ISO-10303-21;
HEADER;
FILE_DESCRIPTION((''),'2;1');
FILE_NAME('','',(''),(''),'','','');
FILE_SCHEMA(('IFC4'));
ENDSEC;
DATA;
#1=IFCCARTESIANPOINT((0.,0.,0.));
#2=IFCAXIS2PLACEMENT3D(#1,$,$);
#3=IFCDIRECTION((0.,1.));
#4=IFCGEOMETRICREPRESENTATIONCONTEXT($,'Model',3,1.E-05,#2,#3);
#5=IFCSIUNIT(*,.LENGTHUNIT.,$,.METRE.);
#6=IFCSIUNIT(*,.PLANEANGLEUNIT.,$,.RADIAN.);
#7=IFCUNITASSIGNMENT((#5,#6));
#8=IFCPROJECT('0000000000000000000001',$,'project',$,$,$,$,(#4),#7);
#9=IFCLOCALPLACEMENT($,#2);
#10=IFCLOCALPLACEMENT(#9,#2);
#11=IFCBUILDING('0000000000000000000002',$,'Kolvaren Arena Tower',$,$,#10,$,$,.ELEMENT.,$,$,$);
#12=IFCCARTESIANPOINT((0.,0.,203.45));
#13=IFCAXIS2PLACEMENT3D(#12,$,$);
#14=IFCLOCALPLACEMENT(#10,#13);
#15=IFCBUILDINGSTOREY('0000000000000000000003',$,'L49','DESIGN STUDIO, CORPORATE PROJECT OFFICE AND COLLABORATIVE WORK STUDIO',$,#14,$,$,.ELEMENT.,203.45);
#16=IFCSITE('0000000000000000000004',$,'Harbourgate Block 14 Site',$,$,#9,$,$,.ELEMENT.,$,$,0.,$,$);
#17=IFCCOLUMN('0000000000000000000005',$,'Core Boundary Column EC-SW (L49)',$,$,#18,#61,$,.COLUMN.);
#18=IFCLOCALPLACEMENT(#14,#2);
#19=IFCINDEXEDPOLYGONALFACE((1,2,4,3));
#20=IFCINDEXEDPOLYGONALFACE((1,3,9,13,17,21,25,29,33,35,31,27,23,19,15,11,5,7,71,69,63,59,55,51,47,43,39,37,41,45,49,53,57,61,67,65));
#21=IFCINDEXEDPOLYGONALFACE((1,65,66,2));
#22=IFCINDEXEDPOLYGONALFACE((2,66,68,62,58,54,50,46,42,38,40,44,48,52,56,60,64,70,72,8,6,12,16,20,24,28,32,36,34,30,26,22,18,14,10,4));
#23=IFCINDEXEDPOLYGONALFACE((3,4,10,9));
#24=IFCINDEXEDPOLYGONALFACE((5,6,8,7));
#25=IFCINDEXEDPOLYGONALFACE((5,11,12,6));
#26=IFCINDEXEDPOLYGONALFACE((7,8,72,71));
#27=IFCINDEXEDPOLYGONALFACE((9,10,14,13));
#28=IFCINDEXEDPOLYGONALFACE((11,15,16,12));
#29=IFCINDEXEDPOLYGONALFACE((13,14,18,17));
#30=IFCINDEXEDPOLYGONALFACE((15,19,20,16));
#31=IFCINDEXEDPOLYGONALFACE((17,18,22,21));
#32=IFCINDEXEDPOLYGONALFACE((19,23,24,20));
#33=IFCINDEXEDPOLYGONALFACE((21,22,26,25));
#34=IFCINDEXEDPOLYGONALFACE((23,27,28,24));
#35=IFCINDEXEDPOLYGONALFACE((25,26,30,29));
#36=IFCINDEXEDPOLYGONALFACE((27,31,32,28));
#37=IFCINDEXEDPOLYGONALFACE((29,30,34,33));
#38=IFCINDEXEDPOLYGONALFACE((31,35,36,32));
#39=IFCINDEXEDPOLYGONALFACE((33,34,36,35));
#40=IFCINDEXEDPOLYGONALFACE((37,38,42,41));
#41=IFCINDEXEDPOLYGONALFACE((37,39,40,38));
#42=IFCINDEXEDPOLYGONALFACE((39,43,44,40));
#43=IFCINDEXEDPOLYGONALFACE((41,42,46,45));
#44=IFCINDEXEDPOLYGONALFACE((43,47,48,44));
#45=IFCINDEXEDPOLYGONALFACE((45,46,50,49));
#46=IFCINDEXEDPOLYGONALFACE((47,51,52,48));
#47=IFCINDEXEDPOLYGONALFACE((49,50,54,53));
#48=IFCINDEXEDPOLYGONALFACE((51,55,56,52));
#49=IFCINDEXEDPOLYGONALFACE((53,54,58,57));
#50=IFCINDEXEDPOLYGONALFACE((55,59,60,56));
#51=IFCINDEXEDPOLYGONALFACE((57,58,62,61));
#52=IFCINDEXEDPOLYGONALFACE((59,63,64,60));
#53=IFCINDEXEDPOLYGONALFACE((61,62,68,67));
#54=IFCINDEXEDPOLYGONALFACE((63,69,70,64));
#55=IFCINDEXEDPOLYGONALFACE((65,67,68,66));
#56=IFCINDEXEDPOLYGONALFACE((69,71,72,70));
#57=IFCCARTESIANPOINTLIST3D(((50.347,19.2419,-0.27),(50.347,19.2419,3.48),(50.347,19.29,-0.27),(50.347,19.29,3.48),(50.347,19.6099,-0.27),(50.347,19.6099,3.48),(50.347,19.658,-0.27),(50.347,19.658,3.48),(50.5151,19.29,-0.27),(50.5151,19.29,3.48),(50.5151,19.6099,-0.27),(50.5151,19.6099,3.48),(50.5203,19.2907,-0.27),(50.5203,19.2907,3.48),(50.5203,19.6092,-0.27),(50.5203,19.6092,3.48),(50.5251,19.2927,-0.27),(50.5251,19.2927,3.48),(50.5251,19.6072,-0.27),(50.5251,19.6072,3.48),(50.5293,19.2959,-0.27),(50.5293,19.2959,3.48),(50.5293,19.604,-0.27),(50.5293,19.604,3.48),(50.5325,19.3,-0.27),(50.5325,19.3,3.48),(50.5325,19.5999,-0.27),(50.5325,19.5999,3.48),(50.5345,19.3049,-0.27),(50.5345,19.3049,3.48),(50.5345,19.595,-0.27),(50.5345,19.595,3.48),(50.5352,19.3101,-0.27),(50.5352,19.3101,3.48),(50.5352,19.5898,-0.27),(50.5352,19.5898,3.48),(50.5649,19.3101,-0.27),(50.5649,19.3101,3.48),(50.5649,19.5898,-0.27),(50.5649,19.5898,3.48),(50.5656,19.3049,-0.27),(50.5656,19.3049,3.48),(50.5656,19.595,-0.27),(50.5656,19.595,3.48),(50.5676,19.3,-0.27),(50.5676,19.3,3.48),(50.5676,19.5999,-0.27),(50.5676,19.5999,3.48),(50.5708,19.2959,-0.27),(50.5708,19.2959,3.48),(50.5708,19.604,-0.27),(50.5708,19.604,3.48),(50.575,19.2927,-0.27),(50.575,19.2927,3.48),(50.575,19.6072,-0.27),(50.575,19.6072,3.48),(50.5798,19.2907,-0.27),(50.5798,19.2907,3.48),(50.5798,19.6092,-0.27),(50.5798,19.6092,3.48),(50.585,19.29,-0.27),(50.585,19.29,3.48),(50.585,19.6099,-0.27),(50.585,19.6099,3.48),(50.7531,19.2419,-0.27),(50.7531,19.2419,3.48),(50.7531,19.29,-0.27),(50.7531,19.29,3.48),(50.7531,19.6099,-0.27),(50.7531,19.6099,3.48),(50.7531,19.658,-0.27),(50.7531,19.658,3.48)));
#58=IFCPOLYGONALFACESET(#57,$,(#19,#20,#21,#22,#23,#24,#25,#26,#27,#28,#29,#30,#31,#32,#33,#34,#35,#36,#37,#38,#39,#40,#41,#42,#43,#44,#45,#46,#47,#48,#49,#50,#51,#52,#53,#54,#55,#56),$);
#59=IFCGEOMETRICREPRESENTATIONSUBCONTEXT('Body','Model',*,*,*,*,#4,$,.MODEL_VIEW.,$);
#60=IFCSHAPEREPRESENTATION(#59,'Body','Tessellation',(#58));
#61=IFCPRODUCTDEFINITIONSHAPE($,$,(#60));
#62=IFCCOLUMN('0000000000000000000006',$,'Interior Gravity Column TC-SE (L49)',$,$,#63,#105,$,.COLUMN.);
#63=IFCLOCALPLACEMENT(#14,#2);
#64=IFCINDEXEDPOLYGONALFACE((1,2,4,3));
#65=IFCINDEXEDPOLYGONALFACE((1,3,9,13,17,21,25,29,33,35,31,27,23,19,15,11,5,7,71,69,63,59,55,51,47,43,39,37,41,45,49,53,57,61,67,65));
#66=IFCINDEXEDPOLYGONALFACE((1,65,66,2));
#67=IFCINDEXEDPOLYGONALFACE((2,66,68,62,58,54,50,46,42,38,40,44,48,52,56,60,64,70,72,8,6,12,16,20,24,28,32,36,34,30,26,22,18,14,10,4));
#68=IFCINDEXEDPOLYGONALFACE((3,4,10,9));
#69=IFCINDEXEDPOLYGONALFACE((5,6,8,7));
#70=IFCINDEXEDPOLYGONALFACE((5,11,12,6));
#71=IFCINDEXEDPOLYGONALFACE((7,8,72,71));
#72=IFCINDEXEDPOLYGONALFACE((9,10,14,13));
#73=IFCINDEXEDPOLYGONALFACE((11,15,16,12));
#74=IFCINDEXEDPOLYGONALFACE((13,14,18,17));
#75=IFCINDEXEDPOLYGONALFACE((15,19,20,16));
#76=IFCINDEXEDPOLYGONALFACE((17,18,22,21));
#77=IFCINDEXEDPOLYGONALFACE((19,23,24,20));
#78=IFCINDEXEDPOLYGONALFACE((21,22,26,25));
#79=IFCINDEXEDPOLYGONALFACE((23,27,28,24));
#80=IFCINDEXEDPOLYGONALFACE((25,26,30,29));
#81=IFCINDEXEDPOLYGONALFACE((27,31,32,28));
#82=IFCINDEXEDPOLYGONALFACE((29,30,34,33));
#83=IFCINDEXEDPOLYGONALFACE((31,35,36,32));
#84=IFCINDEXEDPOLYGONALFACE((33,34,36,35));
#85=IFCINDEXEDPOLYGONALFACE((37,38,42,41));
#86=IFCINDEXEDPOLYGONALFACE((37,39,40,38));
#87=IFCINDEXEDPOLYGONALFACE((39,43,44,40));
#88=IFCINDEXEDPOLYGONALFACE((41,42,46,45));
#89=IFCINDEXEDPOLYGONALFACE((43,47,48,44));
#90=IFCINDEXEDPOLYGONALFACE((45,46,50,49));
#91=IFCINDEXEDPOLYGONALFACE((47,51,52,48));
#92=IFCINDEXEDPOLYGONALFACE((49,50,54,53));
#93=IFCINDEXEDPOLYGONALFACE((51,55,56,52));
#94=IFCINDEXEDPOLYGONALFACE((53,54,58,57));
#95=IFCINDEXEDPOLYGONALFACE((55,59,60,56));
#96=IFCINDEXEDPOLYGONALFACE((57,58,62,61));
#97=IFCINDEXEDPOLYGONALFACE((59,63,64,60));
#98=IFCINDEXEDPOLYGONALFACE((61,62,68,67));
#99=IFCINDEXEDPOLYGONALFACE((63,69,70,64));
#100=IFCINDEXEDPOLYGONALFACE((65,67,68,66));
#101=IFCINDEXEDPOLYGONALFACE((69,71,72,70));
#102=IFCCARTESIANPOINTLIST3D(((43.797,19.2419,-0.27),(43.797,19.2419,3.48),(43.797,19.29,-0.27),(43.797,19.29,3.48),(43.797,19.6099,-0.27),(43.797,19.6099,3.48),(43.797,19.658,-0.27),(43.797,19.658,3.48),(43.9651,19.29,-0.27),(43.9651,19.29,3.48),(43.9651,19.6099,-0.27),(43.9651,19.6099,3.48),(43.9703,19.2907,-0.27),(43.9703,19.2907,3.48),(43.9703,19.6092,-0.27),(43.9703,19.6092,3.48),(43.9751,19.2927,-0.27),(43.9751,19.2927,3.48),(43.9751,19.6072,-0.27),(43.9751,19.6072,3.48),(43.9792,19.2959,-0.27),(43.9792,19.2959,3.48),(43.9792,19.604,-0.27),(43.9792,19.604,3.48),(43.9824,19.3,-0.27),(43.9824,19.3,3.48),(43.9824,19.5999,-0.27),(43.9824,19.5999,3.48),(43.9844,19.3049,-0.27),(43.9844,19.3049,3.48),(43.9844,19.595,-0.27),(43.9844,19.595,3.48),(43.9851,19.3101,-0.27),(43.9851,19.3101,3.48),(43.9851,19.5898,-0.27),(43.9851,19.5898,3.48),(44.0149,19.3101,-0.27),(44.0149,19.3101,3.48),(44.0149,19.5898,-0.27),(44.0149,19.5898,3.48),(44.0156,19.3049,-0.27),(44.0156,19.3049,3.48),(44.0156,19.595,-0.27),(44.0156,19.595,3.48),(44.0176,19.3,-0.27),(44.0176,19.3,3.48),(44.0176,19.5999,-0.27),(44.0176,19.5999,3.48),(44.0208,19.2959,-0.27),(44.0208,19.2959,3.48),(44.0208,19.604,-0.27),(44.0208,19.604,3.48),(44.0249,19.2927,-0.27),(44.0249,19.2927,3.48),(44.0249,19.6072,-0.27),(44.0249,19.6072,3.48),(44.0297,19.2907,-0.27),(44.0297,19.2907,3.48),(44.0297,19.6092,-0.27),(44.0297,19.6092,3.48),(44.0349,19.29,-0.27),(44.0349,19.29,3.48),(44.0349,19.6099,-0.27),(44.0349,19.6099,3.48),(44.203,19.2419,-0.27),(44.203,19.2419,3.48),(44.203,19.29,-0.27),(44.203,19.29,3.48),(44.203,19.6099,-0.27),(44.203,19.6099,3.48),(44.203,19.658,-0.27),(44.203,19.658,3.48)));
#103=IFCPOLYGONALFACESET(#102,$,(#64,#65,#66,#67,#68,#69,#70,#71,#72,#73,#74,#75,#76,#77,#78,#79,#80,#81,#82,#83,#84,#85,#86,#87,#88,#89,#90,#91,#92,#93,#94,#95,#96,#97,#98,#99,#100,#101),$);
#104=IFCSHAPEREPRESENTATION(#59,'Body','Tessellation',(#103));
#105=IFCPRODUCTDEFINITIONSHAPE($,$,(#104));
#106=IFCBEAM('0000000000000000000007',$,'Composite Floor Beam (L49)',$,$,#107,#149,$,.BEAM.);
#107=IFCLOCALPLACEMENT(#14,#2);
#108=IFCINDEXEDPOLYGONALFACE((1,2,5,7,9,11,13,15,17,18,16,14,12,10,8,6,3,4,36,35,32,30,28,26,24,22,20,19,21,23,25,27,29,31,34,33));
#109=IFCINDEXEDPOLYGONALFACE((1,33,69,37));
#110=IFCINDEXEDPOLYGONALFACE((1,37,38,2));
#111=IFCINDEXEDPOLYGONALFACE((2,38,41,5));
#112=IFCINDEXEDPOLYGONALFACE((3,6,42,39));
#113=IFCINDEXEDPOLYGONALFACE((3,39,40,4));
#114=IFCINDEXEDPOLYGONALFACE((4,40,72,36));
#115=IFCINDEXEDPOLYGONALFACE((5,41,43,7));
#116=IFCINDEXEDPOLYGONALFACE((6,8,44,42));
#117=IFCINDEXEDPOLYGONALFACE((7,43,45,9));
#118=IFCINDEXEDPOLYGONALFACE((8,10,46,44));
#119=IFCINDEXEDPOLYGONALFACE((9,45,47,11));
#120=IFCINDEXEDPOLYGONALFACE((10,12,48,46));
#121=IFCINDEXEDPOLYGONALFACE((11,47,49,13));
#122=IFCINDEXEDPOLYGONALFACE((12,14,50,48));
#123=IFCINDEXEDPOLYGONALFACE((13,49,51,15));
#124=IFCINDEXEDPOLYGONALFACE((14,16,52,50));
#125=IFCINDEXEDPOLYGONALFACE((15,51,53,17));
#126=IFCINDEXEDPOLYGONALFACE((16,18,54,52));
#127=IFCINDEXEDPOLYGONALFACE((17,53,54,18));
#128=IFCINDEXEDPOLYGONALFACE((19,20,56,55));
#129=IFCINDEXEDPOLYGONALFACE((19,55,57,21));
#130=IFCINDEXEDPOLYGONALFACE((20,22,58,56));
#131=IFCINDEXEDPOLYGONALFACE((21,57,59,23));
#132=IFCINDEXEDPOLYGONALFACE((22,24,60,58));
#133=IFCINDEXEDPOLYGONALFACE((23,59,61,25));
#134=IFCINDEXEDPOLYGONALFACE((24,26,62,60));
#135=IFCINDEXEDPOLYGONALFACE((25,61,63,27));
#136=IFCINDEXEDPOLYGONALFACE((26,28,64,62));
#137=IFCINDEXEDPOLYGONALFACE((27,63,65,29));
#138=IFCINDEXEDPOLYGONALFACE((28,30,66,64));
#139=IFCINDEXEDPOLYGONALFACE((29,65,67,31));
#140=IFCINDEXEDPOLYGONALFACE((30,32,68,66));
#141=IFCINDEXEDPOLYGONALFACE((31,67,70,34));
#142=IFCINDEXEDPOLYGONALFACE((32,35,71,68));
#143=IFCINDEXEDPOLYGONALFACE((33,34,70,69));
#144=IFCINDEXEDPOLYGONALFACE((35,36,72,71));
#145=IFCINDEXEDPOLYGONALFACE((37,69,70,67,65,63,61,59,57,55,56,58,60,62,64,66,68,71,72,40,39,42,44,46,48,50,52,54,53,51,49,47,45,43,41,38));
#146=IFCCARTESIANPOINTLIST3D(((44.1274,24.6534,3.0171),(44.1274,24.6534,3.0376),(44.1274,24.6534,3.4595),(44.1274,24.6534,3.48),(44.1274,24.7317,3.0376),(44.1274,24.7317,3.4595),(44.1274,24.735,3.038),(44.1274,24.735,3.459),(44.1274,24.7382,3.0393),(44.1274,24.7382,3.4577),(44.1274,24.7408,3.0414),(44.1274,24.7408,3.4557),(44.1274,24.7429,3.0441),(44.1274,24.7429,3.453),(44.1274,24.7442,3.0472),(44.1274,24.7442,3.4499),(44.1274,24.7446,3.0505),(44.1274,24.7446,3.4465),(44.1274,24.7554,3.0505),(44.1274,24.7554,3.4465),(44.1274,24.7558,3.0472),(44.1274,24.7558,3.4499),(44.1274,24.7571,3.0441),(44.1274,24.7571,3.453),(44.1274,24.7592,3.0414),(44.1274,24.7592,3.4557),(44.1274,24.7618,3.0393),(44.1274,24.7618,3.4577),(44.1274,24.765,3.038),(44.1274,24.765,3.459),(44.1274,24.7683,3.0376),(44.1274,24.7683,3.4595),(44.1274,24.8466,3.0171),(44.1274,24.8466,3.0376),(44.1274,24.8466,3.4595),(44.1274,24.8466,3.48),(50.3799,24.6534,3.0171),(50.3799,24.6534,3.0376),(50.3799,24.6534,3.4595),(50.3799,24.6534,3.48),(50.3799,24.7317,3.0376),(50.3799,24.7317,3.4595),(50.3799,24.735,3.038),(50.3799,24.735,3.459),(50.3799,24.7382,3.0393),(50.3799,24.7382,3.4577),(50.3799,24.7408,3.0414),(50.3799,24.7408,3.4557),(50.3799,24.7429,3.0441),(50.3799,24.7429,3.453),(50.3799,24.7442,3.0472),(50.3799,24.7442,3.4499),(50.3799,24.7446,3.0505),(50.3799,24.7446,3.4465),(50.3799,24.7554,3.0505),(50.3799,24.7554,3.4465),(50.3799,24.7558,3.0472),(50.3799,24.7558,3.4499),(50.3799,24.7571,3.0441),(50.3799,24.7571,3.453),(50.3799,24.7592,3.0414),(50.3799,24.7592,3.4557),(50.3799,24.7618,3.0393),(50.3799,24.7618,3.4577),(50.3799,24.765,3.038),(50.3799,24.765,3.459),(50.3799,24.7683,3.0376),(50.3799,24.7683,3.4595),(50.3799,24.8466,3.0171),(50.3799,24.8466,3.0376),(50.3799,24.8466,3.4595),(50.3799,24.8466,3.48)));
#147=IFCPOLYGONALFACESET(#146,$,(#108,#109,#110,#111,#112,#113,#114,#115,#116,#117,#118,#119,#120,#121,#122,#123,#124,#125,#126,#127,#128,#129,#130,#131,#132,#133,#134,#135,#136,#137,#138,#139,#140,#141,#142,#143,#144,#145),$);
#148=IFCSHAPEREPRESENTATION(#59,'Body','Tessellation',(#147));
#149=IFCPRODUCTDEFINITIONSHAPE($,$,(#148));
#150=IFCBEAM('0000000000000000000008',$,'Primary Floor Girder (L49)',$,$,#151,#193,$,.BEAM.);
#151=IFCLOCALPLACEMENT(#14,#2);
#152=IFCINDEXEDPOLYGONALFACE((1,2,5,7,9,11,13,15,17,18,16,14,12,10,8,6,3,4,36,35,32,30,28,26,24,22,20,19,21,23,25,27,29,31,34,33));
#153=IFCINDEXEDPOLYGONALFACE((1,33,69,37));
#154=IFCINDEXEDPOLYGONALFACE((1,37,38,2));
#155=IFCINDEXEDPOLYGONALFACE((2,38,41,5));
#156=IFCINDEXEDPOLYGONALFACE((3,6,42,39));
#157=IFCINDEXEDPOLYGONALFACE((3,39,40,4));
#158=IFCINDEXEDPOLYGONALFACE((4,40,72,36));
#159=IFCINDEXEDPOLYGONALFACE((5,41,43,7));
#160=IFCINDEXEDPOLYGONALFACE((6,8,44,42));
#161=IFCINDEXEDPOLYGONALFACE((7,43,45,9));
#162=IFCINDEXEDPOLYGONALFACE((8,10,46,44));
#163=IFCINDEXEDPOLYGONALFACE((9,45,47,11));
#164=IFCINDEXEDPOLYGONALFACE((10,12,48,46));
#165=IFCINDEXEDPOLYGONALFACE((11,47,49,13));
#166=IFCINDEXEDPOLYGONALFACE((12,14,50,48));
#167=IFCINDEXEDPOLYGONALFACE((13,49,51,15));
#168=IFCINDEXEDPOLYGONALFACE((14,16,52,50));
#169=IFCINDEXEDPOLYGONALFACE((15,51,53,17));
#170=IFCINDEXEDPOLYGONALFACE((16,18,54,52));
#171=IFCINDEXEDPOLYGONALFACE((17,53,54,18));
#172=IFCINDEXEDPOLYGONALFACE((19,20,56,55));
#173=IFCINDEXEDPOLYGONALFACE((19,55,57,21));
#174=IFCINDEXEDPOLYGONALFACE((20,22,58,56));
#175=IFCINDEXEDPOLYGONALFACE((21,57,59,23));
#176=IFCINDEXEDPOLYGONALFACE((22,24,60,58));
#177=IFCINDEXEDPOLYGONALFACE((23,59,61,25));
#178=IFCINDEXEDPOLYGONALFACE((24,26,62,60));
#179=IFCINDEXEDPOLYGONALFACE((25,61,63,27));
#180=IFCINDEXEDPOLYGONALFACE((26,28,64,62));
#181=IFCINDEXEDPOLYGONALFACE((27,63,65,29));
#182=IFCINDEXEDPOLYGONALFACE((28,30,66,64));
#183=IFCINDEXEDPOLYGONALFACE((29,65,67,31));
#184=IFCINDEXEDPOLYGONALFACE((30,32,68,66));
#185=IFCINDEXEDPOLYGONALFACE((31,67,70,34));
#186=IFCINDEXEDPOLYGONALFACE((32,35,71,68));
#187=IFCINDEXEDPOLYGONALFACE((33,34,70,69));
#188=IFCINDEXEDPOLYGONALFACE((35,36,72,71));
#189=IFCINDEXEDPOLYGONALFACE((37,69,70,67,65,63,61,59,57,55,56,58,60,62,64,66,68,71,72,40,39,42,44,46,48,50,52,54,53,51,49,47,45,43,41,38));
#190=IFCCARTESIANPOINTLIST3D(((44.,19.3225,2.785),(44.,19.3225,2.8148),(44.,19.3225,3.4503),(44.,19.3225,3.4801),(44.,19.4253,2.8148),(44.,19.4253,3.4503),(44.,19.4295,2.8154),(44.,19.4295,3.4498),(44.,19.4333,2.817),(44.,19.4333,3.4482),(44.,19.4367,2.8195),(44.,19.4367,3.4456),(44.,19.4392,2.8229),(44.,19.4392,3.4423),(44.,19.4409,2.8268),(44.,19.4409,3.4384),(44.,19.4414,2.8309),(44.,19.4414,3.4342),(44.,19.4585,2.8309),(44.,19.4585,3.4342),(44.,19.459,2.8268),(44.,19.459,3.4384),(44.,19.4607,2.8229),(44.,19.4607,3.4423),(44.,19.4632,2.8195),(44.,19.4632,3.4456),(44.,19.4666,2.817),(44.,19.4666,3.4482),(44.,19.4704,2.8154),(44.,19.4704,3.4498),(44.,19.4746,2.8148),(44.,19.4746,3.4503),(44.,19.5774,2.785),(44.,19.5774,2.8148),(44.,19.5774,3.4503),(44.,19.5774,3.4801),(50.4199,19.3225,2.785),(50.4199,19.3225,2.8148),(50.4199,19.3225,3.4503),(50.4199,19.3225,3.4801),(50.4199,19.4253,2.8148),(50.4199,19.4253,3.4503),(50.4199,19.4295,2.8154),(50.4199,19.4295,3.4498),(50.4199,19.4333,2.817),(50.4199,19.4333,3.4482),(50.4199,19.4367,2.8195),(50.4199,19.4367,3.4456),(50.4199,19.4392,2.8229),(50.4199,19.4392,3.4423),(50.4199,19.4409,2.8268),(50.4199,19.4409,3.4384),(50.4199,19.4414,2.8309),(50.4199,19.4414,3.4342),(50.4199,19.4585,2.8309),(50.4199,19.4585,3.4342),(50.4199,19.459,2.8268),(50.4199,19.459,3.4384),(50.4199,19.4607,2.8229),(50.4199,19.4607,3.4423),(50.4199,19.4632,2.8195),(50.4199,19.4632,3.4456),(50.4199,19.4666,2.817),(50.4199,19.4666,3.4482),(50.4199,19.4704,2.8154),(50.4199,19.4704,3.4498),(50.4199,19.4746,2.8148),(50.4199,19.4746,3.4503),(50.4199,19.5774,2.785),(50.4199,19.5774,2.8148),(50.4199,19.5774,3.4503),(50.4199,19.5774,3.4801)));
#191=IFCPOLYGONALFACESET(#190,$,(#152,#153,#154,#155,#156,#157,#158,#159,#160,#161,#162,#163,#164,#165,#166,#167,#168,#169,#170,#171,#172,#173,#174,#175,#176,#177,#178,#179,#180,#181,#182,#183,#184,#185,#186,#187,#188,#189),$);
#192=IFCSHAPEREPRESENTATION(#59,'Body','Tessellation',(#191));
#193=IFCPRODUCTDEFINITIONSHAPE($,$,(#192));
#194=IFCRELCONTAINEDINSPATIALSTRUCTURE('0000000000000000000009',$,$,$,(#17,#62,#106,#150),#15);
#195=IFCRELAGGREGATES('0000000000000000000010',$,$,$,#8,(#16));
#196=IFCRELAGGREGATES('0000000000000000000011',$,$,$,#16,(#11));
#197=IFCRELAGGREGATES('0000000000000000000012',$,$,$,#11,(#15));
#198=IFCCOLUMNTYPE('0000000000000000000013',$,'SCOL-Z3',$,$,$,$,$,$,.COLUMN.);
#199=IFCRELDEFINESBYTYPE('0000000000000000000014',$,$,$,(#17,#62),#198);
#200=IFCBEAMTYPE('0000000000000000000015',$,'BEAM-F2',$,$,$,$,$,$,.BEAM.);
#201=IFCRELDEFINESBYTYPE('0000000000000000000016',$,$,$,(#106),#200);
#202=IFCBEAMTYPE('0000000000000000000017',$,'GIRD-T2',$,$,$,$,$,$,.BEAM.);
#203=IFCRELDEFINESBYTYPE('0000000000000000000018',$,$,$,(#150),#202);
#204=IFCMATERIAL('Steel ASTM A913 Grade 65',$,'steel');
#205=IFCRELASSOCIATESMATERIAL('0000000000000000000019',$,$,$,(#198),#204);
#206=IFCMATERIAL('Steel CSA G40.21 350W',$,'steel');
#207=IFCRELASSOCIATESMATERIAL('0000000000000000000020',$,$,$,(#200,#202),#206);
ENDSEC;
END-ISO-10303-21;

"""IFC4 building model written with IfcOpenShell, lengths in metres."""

from ifc_helpers import new_model, si_unit, direction, frame, origin, origin_2d, place, context, subcontext, project, spatial, i_section, extrude, material, material_profile, profile_set, type_object, element, save


model = new_model("IFC4")

# Units and contexts
model_context = context("Model", 3, precision=1e-05, world=origin(), true_north=direction((0.0, 1.0)))
body_context = subcontext(model_context, "Body", "Model", "MODEL_VIEW")
ifc_project = project(units=[si_unit("LENGTHUNIT", "METRE"), si_unit("PLANEANGLEUNIT", "RADIAN")], contexts=[model_context])

# Site, building, storey
site_placement = place(None, origin())
site = spatial("IfcSite", under=ifc_project, at=site_placement, Name="Harbourgate Block 14 Site", CompositionType="ELEMENT", RefElevation=0.0)
building_placement = place(site_placement, origin())
building = spatial("IfcBuilding", under=site, at=building_placement, Name="Kolvaren Arena Tower", CompositionType="ELEMENT")
storey_placement = place(building_placement, frame((0.0, 0.0, 203.45)))
storey = spatial("IfcBuildingStorey", under=building, at=storey_placement, Name="L49", Description="DESIGN STUDIO, CORPORATE PROJECT OFFICE AND COLLABORATIVE WORK STUDIO", CompositionType="ELEMENT", Elevation=203.45)

# Columns
ifc_material_1 = material(Name="Steel ASTM A913 Grade 65", Category="steel")
ifc_material_profile_1 = material_profile(ifc_material_1, i_section(OverallWidth=0.406, OverallDepth=0.416, WebThickness=0.0298, FlangeThickness=0.0481, FilletRadius=0.02, at=origin_2d()), Name="W360x382")
ifc_profile_set_1 = profile_set([ifc_material_profile_1], Name="Steel ASTM A913 Grade 65")
column_type = type_object("IfcColumnType", Name="SCOL-Z3", PredefinedType="COLUMN", material=ifc_profile_set_1)
for number, where, z_axis, x_axis, name in (
    (1, (50.55, 19.45, -0.27), (0.0, 0.0, 1.0), (1.0, 0.0, 0.0), "Core Boundary Column EC-SW (L49)"),
    (2, (44.0, 19.45, -0.27), (0.0, 0.0, 1.0), (1.0, 0.0, 0.0), "Interior Gravity Column TC-SE (L49)"),
):
    element("IfcColumn", number, at=place(storey_placement, frame(where, z_axis=z_axis, x_axis=x_axis)), inside=storey, type_object=column_type, Name=name, PredefinedType="COLUMN", context=body_context, shape_type="SweptSolid", body=[
        extrude(i_section(OverallWidth=0.406, OverallDepth=0.416, WebThickness=0.0298, FlangeThickness=0.0481, FilletRadius=0.02, at=origin_2d()), origin(), (0.0, 0.0, 1.0), 3.75),
    ])

# Beams
ifc_material_2 = material(Name="Steel CSA G40.21 350W", Category="steel")
ifc_material_profile_2 = material_profile(ifc_material_2, i_section(OverallWidth=0.1931, OverallDepth=0.4629, WebThickness=0.0107, FlangeThickness=0.0205, FilletRadius=0.0129, at=origin_2d()), Name="W460x113")
ifc_profile_set_2 = profile_set([ifc_material_profile_2], Name="Steel CSA G40.21 350W")
beam_type_1 = type_object("IfcBeamType", Name="BEAM-F2", PredefinedType="BEAM", material=ifc_profile_set_2)
beam_1_placement = place(storey_placement, frame((44.1274, 24.75, 3.2485), z_axis=(1.0, 0.0, 0.0), x_axis=(0.0, 1.0, 0.0)))
element("IfcBeam", 3, at=beam_1_placement, inside=storey, type_object=beam_type_1, Name="Composite Floor Beam (L49)", PredefinedType="BEAM", context=body_context, shape_type="SweptSolid", body=[
    extrude(i_section(OverallWidth=0.1931, OverallDepth=0.4629, WebThickness=0.0107, FlangeThickness=0.0205, FilletRadius=0.0129, at=origin_2d()), origin(), (0.0, 0.0, 1.0), 6.2524),
])
ifc_material_profile_3 = material_profile(ifc_material_2, i_section(OverallWidth=0.2549, OverallDepth=0.6951, WebThickness=0.0171, FlangeThickness=0.0298, FilletRadius=0.0161, at=origin_2d()), Name="W690x217")
ifc_profile_set_3 = profile_set([ifc_material_profile_3], Name="Steel CSA G40.21 350W")
beam_type_2 = type_object("IfcBeamType", Name="GIRD-T2", PredefinedType="BEAM", material=ifc_profile_set_3)
beam_2_placement = place(storey_placement, frame((44.0, 19.45, 3.1326), z_axis=(1.0, 0.0, 0.0), x_axis=(0.0, 1.0, 0.0)))
element("IfcBeam", 4, at=beam_2_placement, inside=storey, type_object=beam_type_2, Name="Primary Floor Girder (L49)", PredefinedType="BEAM", context=body_context, shape_type="SweptSolid", body=[
    extrude(i_section(OverallWidth=0.2549, OverallDepth=0.6951, WebThickness=0.0171, FlangeThickness=0.0298, FilletRadius=0.0161, at=origin_2d()), origin(), (0.0, 0.0, 1.0), 6.4199),
])

save(model, "model.ifc")
